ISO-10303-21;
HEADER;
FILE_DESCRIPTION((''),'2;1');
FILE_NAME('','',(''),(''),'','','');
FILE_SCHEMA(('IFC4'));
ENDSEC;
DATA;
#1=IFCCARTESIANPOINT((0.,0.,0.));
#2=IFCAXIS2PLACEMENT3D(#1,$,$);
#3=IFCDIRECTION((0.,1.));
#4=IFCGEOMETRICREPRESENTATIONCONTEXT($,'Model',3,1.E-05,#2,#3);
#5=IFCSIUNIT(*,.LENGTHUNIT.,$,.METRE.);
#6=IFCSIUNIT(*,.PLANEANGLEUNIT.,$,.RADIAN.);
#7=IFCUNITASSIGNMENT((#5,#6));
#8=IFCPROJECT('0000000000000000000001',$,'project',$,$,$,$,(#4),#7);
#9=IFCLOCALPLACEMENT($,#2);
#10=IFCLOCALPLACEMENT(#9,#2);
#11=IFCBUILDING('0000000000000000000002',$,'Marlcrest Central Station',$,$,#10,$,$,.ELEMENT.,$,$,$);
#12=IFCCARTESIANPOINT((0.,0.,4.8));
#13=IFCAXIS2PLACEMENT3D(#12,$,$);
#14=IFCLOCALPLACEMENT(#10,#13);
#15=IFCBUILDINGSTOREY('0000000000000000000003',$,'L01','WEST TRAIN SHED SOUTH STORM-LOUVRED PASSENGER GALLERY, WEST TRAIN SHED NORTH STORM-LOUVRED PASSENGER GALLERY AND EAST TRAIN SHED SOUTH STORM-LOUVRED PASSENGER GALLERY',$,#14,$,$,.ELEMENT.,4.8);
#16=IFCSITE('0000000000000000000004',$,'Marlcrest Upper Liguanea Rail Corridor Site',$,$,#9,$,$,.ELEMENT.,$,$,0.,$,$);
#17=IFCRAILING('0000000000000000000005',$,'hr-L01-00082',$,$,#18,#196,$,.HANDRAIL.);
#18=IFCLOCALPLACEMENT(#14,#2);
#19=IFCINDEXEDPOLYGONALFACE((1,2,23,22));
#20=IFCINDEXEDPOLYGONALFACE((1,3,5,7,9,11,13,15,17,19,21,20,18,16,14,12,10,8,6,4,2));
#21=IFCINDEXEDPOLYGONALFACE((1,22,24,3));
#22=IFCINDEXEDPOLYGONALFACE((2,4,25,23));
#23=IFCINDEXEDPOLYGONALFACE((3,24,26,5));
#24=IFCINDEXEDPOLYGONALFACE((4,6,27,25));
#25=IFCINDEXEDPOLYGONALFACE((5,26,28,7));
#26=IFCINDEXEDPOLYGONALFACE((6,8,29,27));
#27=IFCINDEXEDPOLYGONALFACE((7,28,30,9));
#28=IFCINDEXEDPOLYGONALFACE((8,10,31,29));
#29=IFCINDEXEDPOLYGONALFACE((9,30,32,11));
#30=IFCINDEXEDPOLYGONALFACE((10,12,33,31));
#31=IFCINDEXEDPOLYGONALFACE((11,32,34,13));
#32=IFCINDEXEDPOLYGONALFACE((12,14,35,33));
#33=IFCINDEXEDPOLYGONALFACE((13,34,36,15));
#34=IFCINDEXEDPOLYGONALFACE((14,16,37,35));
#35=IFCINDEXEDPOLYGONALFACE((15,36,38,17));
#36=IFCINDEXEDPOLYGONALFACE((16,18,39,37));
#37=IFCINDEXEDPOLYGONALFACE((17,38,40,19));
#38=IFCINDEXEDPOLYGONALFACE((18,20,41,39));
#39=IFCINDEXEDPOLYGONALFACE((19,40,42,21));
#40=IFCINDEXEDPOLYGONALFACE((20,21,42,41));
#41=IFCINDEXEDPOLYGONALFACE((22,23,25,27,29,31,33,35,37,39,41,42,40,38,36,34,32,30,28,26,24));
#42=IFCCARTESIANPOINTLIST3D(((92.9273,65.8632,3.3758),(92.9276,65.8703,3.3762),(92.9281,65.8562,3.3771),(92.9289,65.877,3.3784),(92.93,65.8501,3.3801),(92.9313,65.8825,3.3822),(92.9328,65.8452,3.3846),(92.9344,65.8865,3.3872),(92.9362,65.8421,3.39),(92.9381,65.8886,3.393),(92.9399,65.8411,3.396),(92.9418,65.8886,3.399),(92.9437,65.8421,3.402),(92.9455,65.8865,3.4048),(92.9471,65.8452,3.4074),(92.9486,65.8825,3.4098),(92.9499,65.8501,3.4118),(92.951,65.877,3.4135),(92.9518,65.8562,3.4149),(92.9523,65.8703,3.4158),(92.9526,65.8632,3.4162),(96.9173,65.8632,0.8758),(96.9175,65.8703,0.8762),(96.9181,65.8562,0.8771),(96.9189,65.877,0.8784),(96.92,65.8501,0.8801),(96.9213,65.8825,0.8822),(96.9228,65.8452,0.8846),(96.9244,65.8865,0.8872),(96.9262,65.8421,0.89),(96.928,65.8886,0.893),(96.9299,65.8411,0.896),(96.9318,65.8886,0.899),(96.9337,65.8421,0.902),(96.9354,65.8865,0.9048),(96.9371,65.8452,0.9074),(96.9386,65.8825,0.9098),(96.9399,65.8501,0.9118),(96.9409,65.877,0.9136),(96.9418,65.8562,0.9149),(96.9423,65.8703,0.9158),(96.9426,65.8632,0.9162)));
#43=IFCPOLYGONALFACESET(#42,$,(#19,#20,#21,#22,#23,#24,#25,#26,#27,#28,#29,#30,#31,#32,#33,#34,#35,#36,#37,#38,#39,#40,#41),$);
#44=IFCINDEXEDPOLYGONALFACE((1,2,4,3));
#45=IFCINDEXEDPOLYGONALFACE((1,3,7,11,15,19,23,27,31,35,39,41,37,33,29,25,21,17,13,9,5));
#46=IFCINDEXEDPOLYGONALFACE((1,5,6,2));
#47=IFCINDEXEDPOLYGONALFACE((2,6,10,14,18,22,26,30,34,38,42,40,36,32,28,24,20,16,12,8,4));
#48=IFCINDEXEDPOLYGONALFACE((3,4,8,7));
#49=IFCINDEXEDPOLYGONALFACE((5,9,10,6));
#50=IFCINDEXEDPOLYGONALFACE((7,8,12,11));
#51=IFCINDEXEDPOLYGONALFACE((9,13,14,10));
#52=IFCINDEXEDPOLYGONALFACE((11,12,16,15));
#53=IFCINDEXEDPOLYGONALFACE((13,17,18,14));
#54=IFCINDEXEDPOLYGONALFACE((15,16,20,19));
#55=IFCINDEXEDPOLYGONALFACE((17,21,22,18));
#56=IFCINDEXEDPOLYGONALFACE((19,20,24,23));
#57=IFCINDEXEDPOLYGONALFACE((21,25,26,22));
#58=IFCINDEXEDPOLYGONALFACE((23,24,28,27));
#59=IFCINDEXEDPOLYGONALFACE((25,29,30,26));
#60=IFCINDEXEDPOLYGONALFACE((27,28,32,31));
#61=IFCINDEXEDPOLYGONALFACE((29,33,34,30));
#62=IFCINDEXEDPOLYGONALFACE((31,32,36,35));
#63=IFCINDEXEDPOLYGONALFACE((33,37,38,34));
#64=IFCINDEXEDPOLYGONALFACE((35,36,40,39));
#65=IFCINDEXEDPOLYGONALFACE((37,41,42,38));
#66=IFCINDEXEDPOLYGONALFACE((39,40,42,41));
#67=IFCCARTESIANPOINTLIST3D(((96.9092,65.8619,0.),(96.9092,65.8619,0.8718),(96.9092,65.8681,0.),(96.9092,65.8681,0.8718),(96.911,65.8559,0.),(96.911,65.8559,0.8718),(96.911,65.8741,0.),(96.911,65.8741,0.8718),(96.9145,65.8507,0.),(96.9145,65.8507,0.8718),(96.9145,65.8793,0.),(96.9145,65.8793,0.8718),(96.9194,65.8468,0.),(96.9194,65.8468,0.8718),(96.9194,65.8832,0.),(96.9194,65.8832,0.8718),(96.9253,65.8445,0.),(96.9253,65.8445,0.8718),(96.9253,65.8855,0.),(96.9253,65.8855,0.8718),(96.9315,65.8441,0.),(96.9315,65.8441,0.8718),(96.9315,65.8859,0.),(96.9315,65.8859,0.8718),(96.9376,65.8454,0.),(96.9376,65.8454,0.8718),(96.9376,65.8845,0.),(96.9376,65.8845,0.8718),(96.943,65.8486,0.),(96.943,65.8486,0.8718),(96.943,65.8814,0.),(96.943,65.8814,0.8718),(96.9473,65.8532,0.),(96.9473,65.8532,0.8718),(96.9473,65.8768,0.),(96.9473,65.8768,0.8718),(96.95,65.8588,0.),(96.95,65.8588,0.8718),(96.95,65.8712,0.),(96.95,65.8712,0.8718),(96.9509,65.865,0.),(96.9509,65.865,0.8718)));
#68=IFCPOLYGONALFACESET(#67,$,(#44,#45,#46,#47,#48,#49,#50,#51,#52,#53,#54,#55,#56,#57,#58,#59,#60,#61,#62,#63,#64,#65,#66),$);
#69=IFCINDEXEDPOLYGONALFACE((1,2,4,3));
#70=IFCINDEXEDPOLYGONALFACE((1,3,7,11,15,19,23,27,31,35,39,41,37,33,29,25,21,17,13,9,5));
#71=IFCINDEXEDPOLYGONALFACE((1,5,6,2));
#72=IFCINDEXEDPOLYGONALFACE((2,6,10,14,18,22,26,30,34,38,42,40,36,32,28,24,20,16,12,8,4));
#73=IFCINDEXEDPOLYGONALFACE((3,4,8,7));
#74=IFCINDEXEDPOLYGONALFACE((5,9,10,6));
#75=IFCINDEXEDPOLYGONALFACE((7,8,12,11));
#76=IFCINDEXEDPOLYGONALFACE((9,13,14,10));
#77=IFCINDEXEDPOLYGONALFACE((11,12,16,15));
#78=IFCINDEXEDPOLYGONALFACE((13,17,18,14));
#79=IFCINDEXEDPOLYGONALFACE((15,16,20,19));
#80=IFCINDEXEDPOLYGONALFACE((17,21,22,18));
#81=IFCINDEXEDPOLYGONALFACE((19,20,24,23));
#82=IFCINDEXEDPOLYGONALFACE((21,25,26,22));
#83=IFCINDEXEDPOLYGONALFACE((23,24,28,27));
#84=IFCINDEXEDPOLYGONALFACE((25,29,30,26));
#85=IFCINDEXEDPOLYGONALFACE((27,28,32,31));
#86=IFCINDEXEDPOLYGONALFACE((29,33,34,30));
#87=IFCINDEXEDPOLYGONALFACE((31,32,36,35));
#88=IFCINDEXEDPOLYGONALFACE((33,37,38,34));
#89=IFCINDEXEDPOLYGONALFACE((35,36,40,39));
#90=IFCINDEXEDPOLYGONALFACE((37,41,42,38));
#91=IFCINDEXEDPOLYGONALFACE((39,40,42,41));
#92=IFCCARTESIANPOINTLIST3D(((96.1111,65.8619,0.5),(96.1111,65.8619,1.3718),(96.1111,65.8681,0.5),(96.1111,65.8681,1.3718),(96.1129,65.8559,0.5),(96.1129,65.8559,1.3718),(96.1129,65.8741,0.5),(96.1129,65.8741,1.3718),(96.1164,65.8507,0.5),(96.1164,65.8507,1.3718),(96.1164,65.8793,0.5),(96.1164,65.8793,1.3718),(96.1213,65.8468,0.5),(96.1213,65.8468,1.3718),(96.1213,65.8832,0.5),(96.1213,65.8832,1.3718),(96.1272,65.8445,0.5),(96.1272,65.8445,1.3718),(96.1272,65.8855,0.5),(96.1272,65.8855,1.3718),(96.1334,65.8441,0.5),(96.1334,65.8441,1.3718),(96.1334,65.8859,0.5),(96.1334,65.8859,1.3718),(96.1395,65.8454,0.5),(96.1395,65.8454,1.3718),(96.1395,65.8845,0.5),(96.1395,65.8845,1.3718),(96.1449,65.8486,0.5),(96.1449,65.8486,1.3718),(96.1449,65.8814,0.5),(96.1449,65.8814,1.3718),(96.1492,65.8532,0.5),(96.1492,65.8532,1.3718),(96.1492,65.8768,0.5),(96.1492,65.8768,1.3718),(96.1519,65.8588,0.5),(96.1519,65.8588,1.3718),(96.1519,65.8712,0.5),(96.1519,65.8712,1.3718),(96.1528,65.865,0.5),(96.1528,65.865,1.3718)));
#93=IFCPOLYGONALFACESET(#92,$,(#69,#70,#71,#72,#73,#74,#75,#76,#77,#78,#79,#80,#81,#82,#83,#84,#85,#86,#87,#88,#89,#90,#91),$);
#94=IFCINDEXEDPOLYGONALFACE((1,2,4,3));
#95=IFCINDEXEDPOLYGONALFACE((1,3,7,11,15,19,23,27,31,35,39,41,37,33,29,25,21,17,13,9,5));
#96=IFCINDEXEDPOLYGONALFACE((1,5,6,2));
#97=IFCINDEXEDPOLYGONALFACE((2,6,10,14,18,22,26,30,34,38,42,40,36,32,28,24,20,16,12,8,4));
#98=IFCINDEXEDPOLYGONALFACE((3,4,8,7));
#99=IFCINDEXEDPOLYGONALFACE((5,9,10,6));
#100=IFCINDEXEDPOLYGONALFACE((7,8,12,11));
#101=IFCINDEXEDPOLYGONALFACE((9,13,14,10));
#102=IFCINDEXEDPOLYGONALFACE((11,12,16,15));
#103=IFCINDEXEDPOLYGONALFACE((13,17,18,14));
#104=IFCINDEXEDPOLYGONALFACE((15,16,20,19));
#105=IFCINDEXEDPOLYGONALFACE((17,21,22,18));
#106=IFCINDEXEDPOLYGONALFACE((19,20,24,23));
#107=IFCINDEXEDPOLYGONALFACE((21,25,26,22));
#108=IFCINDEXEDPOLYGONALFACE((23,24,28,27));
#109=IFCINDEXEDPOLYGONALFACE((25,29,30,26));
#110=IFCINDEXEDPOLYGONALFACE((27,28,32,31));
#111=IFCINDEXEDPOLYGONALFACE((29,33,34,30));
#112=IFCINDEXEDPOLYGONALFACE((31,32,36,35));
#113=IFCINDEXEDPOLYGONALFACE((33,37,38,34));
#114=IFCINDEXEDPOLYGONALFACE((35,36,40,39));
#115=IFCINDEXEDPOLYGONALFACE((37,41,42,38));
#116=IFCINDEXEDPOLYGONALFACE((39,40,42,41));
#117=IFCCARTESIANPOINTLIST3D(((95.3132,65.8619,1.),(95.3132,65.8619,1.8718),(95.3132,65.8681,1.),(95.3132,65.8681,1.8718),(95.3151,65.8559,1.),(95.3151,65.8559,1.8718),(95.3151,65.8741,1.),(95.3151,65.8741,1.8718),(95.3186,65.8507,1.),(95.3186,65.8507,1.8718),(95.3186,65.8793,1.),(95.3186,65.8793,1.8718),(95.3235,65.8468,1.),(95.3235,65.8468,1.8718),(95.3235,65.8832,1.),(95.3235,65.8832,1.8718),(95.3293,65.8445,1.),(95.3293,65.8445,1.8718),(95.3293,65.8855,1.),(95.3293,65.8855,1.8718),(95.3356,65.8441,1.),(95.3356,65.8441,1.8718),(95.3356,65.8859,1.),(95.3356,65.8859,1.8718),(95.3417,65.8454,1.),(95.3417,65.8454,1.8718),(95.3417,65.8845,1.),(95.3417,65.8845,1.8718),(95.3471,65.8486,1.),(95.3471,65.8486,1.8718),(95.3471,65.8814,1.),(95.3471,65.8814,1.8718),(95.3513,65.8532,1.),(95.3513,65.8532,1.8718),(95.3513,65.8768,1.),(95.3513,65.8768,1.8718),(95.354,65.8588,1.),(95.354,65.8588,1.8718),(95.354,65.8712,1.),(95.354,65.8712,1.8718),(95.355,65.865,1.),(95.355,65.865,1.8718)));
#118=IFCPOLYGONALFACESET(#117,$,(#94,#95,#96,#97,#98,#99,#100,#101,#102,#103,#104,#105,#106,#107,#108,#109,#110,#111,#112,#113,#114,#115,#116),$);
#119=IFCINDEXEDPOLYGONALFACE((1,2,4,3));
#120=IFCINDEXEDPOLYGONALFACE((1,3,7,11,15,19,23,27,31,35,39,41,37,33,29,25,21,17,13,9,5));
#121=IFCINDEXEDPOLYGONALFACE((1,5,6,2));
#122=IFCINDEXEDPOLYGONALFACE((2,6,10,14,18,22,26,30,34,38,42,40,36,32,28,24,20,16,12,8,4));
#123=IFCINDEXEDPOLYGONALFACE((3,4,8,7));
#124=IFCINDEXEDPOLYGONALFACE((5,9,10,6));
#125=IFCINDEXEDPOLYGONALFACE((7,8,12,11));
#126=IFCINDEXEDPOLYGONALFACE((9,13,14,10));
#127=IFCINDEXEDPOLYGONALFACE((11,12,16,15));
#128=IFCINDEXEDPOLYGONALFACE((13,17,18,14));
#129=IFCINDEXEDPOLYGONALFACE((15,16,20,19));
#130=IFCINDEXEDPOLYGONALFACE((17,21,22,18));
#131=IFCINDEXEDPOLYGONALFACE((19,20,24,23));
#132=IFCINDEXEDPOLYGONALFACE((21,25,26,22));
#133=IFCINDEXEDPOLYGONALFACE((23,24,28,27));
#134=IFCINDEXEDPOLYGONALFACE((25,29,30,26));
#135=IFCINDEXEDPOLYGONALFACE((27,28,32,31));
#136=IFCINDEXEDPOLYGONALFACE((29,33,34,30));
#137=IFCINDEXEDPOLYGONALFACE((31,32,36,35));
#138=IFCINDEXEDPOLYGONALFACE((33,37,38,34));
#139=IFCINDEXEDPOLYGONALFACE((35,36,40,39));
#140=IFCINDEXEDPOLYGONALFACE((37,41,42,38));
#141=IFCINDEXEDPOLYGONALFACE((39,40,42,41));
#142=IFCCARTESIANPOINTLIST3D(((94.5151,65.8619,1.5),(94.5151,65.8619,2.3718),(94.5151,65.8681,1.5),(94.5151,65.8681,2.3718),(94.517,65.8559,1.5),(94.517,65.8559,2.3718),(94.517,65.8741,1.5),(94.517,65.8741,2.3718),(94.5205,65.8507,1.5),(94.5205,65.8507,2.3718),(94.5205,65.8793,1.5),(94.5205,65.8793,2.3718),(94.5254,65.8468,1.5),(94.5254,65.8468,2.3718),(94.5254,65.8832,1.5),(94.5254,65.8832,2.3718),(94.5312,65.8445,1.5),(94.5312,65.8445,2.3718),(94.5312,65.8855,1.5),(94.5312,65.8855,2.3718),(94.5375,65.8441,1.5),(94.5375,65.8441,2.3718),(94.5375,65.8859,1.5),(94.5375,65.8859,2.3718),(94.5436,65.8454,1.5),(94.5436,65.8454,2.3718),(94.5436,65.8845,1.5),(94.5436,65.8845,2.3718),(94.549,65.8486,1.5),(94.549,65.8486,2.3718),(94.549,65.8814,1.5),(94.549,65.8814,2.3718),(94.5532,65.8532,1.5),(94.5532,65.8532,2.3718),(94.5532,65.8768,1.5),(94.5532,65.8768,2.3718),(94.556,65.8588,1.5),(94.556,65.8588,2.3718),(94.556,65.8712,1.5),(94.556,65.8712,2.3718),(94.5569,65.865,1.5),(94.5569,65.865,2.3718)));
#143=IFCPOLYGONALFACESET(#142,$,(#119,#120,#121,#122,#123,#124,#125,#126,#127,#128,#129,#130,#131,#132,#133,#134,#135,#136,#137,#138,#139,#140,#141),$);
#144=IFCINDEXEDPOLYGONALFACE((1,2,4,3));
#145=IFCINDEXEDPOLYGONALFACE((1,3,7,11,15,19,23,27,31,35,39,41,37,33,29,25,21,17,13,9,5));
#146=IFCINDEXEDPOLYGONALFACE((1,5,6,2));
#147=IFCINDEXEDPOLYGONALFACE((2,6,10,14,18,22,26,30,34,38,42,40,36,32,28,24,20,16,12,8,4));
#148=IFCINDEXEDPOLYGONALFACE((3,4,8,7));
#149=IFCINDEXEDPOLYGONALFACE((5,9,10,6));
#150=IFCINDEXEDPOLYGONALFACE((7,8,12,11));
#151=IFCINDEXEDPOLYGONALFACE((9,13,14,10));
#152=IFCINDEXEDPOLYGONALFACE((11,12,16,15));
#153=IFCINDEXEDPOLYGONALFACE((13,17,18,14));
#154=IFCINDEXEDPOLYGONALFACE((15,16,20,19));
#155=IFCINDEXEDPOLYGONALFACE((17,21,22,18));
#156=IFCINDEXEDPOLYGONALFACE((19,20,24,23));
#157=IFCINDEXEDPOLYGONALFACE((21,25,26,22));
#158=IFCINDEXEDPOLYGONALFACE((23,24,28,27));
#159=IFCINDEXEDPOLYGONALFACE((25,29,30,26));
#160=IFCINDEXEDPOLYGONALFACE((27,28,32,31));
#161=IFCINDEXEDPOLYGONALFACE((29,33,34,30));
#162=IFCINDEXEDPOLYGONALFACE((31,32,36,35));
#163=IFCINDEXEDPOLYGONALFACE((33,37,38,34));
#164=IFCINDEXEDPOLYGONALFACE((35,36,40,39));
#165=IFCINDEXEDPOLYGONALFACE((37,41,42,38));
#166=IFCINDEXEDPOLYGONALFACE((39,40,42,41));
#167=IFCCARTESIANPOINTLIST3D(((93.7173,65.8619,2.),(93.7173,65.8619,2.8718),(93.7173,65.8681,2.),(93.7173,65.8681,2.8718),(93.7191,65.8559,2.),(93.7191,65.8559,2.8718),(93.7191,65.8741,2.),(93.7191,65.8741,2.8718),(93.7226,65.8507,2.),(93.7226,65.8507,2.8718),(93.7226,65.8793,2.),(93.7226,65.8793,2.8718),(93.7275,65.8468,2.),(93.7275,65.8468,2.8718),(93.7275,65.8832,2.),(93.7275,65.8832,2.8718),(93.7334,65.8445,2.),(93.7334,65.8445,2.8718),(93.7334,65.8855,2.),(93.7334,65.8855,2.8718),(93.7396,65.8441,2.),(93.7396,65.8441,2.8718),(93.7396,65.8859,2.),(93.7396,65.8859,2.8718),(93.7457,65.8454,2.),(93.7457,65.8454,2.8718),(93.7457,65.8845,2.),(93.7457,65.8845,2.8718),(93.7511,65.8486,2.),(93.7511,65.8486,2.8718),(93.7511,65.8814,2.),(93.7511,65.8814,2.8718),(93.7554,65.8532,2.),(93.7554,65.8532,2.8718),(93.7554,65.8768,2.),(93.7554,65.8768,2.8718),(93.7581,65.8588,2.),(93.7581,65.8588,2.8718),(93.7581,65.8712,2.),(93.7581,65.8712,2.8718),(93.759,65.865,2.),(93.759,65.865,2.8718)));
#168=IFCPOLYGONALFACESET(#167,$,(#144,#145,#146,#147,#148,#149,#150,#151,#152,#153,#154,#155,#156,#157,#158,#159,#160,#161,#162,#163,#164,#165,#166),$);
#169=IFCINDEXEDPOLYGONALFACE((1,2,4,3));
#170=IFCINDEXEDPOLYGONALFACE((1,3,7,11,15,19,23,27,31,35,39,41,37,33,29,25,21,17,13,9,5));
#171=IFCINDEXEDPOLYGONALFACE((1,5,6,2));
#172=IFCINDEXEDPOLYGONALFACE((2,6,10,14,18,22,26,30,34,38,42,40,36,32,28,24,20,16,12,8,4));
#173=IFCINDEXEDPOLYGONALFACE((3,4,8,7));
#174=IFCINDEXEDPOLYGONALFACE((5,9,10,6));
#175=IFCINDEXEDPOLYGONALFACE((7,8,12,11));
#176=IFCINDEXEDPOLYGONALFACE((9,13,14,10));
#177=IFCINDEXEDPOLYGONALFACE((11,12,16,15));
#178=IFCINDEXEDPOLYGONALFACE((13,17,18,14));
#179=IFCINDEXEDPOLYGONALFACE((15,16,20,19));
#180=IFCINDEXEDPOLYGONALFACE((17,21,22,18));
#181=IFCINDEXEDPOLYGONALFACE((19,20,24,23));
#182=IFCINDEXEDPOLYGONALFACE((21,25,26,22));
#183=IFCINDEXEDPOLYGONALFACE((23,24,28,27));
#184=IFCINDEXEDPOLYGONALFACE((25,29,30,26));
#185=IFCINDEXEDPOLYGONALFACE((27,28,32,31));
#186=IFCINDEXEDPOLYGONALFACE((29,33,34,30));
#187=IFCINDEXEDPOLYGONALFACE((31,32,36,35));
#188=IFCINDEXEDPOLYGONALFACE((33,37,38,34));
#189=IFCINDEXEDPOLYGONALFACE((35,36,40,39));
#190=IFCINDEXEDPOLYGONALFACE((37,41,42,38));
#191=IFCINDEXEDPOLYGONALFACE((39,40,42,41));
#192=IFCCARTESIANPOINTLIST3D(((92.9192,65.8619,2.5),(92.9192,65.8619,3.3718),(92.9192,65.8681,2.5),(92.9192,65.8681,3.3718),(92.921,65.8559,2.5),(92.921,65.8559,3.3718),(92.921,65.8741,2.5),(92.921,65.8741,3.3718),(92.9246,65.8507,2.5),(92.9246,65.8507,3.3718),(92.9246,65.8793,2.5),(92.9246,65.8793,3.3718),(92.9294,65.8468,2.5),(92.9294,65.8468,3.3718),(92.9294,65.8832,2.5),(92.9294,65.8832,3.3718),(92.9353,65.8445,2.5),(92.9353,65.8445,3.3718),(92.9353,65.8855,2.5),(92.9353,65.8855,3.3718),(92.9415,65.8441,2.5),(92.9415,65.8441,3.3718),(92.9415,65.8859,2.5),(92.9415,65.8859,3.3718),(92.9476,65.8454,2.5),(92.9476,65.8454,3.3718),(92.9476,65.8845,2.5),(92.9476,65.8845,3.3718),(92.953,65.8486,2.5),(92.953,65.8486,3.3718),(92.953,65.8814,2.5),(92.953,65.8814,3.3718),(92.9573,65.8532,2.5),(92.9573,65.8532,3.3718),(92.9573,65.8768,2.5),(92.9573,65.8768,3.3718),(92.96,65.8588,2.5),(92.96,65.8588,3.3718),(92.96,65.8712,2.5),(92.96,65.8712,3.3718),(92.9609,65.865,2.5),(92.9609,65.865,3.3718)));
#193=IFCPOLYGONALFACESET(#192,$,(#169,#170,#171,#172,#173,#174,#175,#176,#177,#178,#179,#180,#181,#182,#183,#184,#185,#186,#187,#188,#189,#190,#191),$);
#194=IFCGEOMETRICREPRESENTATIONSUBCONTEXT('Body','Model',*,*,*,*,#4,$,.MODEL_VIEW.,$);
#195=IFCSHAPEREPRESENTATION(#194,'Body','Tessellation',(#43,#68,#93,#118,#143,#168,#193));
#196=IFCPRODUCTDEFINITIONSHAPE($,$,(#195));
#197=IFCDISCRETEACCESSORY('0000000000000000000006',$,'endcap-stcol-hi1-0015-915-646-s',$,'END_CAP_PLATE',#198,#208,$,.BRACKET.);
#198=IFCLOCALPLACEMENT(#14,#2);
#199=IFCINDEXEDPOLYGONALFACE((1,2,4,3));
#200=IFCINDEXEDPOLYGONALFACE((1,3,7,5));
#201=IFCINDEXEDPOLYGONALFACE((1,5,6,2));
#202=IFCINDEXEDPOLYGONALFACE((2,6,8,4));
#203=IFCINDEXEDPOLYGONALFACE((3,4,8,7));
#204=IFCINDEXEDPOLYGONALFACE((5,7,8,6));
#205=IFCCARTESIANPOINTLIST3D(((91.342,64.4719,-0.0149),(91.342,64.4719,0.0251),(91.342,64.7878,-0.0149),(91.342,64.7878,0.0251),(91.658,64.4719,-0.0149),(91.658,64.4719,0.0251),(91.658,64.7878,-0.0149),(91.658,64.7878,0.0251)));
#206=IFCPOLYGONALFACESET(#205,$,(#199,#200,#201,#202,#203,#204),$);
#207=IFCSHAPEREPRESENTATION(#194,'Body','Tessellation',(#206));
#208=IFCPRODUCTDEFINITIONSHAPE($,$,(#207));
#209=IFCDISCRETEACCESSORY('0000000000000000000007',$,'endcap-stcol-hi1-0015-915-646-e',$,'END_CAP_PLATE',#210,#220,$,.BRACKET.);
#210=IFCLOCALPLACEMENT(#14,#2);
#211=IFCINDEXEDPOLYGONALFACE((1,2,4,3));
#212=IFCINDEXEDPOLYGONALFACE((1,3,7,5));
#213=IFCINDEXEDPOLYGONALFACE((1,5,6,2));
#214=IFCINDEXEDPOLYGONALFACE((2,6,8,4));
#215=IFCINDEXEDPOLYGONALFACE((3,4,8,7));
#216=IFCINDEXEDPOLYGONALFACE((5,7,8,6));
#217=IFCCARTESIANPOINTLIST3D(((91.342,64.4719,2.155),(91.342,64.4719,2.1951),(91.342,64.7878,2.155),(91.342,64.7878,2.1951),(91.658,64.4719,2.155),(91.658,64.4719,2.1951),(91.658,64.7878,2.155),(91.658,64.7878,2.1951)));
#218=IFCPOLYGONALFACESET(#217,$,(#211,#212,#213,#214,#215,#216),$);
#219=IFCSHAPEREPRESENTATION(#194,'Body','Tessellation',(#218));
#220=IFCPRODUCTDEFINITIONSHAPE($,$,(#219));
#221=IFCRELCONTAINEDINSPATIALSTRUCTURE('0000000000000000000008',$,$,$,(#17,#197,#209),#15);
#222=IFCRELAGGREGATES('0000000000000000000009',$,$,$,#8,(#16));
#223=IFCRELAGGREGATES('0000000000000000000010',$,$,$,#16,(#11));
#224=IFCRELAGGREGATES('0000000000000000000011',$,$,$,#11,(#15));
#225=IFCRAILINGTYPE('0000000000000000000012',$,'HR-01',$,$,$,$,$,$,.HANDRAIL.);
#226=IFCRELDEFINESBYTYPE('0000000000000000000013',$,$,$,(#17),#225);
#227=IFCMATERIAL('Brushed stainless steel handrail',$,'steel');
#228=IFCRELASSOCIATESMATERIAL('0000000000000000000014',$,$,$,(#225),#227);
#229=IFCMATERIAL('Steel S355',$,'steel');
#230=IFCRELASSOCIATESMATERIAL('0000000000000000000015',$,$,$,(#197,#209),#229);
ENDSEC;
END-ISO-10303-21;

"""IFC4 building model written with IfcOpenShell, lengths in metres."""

from ifc_helpers import new_model, si_unit, direction, frame, origin, origin_2d, place, context, subcontext, project, spatial, rectangle, circle, extrude, material, type_object, element, save


model = new_model("IFC4")

# Units and contexts
model_context = context("Model", 3, precision=1e-05, world=origin(), true_north=direction((0.0, 1.0)))
body_context = subcontext(model_context, "Body", "Model", "MODEL_VIEW")
ifc_project = project(units=[si_unit("LENGTHUNIT", "METRE"), si_unit("PLANEANGLEUNIT", "RADIAN")], contexts=[model_context])

# Site, building, storey
site_placement = place(None, origin())
site = spatial("IfcSite", under=ifc_project, at=site_placement, Name="Marlcrest Upper Liguanea Rail Corridor Site", CompositionType="ELEMENT", RefElevation=0.0)
building_placement = place(site_placement, origin())
building = spatial("IfcBuilding", under=site, at=building_placement, Name="Marlcrest Central Station", CompositionType="ELEMENT")
storey_placement = place(building_placement, frame((0.0, 0.0, 4.8)))
storey = spatial("IfcBuildingStorey", under=building, at=storey_placement, Name="L01", Description="WEST TRAIN SHED SOUTH STORM-LOUVRED PASSENGER GALLERY, WEST TRAIN SHED NORTH STORM-LOUVRED PASSENGER GALLERY AND EAST TRAIN SHED SOUTH STORM-LOUVRED PASSENGER GALLERY", CompositionType="ELEMENT", Elevation=4.8)

# Shared definitions
ifc_material_1 = material(Name="Steel S355", Category="steel")

# Railing
ifc_material_2 = material(Name="Brushed stainless steel handrail", Category="steel")
railing_type_1 = type_object("IfcRailingType", Name="HR-01", PredefinedType="HANDRAIL", material=ifc_material_2)
railing_1_placement = place(storey_placement, frame((96.9299, 65.865, 0.0)))
element("IfcRailing", 1, at=railing_1_placement, inside=storey, type_object=railing_type_1, Name="hr-L01-00082", PredefinedType="HANDRAIL", context=body_context, shape_type="SweptSolid", body=[
    extrude(circle(Radius=0.0239, at=origin_2d()), frame((0.0, 0.0, 0.896), z_axis=(-0.847401, 0.0, 0.530954), x_axis=(0.0, -1.0, 0.0)), (0.0, 0.0, 1.0), 4.7085),
    extrude(circle(Radius=0.021, at=origin_2d()), origin(), (0.0, 0.0, 1.0), 0.8718),
    extrude(circle(Radius=0.021, at=origin_2d()), frame((-0.7981, 0.0, 0.5)), (0.0, 0.0, 1.0), 0.8718),
    extrude(circle(Radius=0.021, at=origin_2d()), frame((-1.5959, 0.0, 1.0)), (0.0, 0.0, 1.0), 0.8718),
    extrude(circle(Radius=0.021, at=origin_2d()), frame((-2.394, 0.0, 1.5)), (0.0, 0.0, 1.0), 0.8718),
    extrude(circle(Radius=0.021, at=origin_2d()), frame((-3.1919, 0.0, 2.0)), (0.0, 0.0, 1.0), 0.8718),
    extrude(circle(Radius=0.021, at=origin_2d()), frame((-3.99, 0.0, 2.5)), (0.0, 0.0, 1.0), 0.8718),
])

# Discrete accessories
for number, where, z_axis, x_axis, name in (
    (2, (91.5, 64.6299, -0.0149), (0.0, 0.0, 1.0), (1.0, 0.0, 0.0), "endcap-stcol-hi1-0015-915-646-s"),
    (3, (91.5, 64.6299, 2.155), (0.0, 0.0, 1.0), (1.0, 0.0, 0.0), "endcap-stcol-hi1-0015-915-646-e"),
):
    element("IfcDiscreteAccessory", number, at=place(storey_placement, frame(where, z_axis=z_axis, x_axis=x_axis)), inside=storey, material=ifc_material_1, Name=name, ObjectType="END_CAP_PLATE", PredefinedType="BRACKET", context=body_context, shape_type="SweptSolid", body=[
        extrude(rectangle(XDim=0.3159, YDim=0.3159, at=origin_2d()), origin(), (0.0, 0.0, 1.0), 0.04),
    ])

save(model, "model.ifc")
